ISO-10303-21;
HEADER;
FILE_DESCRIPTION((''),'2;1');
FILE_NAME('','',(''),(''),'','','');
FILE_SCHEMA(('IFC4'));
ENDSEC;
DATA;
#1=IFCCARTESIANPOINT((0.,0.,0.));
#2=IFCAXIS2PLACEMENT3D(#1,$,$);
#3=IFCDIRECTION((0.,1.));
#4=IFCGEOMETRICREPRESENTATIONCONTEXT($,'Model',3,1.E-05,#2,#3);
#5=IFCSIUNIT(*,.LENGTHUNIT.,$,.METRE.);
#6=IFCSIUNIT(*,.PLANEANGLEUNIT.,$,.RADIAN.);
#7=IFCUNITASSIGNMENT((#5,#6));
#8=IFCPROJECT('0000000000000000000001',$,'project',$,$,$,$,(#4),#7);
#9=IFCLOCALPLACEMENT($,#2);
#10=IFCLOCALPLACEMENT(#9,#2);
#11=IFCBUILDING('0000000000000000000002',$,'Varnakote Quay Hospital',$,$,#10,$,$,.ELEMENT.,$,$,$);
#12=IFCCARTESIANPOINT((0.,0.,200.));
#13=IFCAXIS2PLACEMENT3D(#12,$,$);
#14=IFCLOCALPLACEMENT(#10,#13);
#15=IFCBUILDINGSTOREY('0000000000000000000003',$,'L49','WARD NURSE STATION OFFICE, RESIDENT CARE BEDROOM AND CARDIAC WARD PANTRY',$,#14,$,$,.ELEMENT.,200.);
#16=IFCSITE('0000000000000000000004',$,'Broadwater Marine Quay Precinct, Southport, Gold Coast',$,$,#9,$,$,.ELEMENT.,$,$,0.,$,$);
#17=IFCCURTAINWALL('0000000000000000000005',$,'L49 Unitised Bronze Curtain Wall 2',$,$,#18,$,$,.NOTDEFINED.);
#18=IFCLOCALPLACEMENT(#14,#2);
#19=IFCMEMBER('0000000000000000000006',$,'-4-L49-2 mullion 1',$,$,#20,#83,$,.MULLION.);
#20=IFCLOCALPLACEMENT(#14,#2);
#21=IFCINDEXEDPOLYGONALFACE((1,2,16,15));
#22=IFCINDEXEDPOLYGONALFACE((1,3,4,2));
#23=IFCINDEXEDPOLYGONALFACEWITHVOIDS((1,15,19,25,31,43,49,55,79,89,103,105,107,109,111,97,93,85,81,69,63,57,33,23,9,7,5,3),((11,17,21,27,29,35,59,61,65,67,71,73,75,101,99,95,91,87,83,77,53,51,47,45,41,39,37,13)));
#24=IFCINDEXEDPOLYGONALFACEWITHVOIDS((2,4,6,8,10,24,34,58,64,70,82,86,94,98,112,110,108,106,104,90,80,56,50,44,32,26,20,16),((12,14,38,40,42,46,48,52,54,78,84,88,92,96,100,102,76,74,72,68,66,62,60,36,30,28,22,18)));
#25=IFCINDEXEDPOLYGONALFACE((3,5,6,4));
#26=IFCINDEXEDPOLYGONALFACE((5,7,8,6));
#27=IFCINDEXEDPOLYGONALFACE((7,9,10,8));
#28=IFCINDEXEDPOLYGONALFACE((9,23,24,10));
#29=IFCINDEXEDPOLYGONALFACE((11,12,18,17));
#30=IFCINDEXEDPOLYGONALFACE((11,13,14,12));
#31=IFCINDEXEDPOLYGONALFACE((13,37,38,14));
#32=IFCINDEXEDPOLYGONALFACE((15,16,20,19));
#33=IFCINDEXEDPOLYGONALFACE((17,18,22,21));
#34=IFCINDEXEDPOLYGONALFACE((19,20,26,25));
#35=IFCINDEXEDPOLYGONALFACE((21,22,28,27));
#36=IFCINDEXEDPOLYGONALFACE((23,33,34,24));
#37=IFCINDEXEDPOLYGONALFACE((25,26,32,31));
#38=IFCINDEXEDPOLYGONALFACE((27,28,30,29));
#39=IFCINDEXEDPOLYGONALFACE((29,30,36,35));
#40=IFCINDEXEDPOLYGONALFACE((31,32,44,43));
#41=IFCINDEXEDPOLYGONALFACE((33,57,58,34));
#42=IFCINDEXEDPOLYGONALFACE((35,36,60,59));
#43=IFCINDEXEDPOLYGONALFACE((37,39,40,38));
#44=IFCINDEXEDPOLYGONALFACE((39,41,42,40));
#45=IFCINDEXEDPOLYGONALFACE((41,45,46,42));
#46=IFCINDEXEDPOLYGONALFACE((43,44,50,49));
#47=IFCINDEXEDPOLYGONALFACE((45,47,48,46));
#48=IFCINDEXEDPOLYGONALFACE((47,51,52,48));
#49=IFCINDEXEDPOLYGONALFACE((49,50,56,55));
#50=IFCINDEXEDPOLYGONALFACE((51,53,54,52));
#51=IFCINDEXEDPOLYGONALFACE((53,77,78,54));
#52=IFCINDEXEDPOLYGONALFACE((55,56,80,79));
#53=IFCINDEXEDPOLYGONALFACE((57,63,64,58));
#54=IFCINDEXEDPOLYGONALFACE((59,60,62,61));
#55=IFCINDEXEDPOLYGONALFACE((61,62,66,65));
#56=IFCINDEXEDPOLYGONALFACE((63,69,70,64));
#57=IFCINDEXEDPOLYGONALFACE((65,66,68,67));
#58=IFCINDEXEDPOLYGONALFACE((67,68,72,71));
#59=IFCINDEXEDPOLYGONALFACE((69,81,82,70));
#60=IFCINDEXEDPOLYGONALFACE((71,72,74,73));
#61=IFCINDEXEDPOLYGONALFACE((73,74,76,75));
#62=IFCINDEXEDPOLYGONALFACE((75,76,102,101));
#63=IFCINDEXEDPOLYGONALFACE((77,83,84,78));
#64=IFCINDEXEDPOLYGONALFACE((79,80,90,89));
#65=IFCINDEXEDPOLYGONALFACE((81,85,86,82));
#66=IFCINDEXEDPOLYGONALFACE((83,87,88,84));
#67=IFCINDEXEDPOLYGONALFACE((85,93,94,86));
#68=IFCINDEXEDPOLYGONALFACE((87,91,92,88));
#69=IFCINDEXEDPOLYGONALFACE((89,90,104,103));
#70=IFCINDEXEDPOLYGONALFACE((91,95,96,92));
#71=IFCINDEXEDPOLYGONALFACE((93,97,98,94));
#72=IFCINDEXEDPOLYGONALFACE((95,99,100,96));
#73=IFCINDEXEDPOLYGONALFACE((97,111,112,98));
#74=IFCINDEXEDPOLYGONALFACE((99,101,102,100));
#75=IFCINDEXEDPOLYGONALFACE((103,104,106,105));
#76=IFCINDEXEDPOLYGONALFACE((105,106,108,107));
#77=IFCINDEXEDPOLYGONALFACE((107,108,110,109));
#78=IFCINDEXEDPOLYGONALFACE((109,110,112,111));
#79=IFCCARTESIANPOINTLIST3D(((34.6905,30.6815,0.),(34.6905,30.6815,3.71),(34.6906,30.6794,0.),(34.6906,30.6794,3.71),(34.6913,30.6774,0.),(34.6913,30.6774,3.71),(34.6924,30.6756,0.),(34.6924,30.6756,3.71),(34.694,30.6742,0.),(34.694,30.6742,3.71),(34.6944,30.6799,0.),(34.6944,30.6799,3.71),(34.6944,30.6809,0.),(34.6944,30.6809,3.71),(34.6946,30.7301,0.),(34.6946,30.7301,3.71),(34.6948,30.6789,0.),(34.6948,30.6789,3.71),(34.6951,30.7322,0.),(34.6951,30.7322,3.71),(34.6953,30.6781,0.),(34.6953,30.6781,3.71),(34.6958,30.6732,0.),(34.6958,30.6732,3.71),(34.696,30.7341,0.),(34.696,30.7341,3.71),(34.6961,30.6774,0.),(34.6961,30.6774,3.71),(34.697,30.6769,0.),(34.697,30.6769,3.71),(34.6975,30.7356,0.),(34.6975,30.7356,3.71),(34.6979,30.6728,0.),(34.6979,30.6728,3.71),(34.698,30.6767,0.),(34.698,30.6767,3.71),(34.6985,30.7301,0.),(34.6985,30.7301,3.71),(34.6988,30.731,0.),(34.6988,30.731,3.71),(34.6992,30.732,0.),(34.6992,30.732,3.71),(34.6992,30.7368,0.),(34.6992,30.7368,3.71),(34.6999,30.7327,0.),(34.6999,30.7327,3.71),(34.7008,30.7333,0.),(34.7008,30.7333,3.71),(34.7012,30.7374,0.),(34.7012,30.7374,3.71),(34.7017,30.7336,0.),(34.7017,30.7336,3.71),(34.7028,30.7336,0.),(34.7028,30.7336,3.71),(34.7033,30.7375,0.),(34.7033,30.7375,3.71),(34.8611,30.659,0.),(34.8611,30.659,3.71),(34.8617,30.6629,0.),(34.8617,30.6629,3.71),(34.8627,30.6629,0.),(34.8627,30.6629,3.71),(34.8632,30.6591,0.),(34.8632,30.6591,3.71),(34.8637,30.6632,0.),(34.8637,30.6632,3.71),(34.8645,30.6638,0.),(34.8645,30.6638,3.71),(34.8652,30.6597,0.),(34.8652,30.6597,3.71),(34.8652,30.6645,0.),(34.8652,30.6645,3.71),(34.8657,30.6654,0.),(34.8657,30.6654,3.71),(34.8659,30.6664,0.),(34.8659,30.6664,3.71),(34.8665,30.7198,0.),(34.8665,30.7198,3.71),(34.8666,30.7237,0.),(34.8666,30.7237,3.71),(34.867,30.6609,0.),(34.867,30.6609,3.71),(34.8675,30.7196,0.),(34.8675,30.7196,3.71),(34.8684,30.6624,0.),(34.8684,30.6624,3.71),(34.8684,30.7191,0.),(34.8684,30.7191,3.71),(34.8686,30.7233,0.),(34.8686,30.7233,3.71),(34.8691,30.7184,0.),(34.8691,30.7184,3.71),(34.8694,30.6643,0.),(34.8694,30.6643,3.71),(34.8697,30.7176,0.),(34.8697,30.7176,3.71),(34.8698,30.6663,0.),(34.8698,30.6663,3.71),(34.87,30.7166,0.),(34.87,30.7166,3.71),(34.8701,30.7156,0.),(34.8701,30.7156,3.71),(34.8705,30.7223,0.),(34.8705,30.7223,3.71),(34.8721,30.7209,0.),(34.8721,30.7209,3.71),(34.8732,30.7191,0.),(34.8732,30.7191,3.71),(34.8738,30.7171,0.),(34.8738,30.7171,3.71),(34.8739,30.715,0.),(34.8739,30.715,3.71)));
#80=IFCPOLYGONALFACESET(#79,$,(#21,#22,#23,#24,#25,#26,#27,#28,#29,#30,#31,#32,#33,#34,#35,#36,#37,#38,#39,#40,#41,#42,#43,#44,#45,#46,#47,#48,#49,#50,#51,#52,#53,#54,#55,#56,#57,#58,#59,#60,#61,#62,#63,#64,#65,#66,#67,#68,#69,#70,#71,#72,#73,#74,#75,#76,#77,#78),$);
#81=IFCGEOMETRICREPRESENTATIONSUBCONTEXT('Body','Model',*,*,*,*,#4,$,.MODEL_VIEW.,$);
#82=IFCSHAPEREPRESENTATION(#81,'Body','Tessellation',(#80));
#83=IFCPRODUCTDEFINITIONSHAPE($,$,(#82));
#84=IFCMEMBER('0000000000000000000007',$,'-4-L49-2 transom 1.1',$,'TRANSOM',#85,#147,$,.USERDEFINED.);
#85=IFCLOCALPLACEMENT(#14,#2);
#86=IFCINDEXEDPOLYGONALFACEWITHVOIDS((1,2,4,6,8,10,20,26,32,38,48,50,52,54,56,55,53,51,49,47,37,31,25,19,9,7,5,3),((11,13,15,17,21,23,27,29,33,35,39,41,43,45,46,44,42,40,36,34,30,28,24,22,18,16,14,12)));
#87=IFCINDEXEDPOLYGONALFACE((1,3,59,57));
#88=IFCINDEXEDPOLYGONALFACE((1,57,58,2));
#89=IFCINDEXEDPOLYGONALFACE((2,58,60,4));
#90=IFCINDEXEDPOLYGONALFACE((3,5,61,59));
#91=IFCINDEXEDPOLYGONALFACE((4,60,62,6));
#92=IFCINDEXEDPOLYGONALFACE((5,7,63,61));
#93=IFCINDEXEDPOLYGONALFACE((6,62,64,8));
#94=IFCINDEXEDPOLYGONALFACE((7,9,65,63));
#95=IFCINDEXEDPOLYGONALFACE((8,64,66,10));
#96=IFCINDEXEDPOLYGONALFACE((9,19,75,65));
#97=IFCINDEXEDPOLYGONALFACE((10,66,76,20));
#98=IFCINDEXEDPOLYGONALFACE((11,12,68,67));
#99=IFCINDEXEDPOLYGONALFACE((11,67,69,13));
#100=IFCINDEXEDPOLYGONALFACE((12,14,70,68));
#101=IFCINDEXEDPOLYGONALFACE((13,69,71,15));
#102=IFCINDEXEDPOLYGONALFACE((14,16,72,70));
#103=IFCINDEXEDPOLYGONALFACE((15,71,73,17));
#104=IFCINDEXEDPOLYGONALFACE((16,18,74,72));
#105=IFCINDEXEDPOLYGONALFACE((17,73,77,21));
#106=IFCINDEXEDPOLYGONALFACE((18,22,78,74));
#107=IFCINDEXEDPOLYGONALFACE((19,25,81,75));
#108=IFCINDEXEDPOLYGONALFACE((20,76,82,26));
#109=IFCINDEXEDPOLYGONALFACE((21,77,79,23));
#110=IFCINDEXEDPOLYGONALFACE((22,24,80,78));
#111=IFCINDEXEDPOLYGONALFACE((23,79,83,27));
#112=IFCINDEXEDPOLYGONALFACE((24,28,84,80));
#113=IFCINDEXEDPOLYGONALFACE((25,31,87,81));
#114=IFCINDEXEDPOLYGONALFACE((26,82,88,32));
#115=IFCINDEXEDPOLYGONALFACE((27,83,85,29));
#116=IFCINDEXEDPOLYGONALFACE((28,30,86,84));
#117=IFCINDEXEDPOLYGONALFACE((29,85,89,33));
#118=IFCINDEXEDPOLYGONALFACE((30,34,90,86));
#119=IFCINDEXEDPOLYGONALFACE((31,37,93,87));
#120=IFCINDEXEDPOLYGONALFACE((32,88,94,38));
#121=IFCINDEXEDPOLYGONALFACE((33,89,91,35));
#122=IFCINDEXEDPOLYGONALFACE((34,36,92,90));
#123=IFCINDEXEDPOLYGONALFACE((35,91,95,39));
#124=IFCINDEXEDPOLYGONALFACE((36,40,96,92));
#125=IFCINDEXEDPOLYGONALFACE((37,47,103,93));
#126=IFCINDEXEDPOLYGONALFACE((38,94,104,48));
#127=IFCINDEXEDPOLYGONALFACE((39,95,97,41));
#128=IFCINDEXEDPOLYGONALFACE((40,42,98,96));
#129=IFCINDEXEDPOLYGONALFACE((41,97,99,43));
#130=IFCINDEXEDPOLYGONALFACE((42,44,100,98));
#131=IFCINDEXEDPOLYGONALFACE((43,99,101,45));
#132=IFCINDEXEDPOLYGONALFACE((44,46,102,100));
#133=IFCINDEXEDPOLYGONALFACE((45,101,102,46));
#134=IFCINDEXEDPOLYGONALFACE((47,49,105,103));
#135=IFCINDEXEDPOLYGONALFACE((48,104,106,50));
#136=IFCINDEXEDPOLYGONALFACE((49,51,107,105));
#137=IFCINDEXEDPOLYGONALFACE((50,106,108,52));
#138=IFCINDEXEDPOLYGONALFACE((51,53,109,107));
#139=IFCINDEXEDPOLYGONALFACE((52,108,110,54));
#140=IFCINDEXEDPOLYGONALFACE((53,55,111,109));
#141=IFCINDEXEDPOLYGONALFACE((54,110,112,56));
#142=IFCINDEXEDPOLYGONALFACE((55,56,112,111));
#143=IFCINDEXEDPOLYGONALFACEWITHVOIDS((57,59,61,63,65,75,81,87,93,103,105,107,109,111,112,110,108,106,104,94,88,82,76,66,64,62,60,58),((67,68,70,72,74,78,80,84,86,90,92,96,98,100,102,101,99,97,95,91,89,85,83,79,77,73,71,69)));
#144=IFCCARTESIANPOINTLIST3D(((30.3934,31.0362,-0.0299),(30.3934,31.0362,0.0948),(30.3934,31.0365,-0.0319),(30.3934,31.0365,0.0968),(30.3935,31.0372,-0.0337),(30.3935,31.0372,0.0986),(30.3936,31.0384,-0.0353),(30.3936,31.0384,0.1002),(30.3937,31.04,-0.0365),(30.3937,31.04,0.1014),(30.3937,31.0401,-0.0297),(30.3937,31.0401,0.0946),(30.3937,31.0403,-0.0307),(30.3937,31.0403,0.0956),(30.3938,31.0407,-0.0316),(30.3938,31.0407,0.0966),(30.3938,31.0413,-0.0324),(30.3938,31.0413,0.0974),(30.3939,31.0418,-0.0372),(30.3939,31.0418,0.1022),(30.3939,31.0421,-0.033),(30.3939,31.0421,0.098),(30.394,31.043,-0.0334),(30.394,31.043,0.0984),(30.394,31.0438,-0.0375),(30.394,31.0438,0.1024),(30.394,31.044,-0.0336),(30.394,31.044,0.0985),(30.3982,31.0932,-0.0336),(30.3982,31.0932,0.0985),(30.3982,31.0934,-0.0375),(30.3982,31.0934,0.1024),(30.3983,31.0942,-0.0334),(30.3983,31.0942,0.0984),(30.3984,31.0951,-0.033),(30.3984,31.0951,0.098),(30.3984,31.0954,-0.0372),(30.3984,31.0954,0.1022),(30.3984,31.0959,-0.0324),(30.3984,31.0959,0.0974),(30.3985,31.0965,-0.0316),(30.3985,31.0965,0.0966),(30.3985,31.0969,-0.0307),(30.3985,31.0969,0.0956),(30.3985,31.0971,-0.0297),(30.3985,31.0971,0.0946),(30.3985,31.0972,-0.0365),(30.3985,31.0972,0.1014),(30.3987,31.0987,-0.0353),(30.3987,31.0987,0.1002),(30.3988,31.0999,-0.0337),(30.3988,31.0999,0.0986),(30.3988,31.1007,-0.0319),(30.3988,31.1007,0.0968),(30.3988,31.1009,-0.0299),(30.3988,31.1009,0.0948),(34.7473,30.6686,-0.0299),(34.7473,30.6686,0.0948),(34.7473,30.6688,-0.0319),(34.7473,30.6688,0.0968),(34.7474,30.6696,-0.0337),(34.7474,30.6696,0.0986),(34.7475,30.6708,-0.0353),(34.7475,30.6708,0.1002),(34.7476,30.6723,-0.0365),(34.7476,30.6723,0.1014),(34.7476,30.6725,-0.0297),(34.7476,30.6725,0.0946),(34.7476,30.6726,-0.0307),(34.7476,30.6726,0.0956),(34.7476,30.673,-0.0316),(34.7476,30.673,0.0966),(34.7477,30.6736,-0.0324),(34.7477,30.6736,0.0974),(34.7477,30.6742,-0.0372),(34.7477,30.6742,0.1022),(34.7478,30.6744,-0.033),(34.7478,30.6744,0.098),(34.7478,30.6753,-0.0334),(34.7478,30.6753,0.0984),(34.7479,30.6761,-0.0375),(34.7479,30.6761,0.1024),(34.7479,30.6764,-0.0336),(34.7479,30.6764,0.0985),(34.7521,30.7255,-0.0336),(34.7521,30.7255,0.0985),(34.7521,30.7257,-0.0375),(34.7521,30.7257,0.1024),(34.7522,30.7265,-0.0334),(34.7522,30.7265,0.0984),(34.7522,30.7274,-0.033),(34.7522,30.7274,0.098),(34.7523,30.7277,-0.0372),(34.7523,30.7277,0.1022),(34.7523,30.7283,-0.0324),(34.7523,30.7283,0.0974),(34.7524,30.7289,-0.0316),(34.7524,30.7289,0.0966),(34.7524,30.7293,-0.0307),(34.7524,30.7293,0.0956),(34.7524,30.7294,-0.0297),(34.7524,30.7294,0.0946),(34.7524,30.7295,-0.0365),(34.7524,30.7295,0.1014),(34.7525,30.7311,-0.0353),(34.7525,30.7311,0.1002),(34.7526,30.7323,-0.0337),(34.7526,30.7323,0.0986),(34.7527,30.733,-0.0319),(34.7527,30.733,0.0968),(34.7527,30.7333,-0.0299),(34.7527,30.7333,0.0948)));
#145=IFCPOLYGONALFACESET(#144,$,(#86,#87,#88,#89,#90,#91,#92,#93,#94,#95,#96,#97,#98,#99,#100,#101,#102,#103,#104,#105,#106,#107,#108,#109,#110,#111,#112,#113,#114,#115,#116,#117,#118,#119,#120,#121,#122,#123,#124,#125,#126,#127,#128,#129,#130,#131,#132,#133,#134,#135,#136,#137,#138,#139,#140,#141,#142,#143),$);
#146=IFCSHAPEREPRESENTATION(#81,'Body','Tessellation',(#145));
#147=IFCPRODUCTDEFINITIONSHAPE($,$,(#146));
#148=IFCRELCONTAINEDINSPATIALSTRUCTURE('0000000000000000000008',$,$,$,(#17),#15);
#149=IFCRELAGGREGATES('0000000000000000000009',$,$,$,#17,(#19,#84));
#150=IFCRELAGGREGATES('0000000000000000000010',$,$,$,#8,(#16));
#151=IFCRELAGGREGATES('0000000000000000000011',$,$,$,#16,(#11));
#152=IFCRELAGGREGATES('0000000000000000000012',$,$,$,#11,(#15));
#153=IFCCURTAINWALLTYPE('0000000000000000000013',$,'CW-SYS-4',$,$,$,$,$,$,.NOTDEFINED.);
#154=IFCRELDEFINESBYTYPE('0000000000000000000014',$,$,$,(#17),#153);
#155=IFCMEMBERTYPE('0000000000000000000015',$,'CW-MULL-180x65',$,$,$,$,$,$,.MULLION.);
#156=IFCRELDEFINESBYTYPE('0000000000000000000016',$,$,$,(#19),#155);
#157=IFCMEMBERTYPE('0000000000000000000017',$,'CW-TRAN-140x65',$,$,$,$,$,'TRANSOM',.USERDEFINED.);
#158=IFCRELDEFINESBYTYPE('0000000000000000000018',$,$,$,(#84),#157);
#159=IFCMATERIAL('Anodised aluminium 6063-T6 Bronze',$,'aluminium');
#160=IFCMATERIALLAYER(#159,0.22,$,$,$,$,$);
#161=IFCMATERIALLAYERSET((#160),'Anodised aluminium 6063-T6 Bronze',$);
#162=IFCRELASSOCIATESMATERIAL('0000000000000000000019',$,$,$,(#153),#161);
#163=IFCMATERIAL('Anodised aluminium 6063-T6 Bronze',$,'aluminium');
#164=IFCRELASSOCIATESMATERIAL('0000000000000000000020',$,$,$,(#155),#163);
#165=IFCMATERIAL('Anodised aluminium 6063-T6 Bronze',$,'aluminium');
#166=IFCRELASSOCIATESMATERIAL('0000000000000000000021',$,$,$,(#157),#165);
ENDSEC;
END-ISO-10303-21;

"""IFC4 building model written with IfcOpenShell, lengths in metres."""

from ifc_helpers import new_model, si_unit, direction, frame, origin, origin_2d, place, context, subcontext, project, spatial, hollow_rectangle, extrude, material, layer, layer_set, material_profile, profile_set, type_object, element, aggregate, save


model = new_model("IFC4")

# Units and contexts
model_context = context("Model", 3, precision=1e-05, world=origin(), true_north=direction((0.0, 1.0)))
body_context = subcontext(model_context, "Body", "Model", "MODEL_VIEW")
ifc_project = project(units=[si_unit("LENGTHUNIT", "METRE"), si_unit("PLANEANGLEUNIT", "RADIAN")], contexts=[model_context])

# Site, building, storey
site_placement = place(None, origin())
site = spatial("IfcSite", under=ifc_project, at=site_placement, Name="Broadwater Marine Quay Precinct, Southport, Gold Coast", CompositionType="ELEMENT", RefElevation=0.0)
building_placement = place(site_placement, origin())
building = spatial("IfcBuilding", under=site, at=building_placement, Name="Varnakote Quay Hospital", CompositionType="ELEMENT")
storey_placement = place(building_placement, frame((0.0, 0.0, 200.0)))
storey = spatial("IfcBuildingStorey", under=building, at=storey_placement, Name="L49", Description="WARD NURSE STATION OFFICE, RESIDENT CARE BEDROOM AND CARDIAC WARD PANTRY", CompositionType="ELEMENT", Elevation=200.0)

# Shared definitions
ifc_material_1 = material(Name="Anodised aluminium 6063-T6 Bronze", Category="aluminium")
ifc_layer_1 = layer(ifc_material_1, 0.22)
ifc_layer_set_1 = layer_set([ifc_layer_1], Name="Anodised aluminium 6063-T6 Bronze")
curtain_wall_type = type_object("IfcCurtainWallType", Name="CW-SYS-4", PredefinedType="NOTDEFINED", material=ifc_layer_set_1)
ifc_material_2 = material(Name="Anodised aluminium 6063-T6 Bronze", Category="aluminium")
ifc_material_profile_1 = material_profile(ifc_material_2, hollow_rectangle(XDim=0.0649, YDim=0.1799, WallThickness=0.0039, InnerFilletRadius=0.0039, OuterFilletRadius=0.0081, at=origin_2d()), Name="CW-MULL-180x65")
ifc_profile_set_1 = profile_set([ifc_material_profile_1], Name="Anodised aluminium 6063-T6 Bronze")
member_type_1 = type_object("IfcMemberType", Name="CW-MULL-180x65", PredefinedType="MULLION", material=ifc_profile_set_1)

# Curtain wall, members
curtain_wall_1_placement = place(storey_placement, origin())
curtain_wall_1 = element("IfcCurtainWall", 1, at=curtain_wall_1_placement, inside=storey, type_object=curtain_wall_type, Name="L49 Unitised Bronze Curtain Wall 2", PredefinedType="NOTDEFINED")
member_1_placement = place(storey_placement, frame((34.7822, 30.6982, 0.0), z_axis=(0.0, 0.0, 1.0), x_axis=(-0.084136, -0.996454, 0.0)))
member_1 = element("IfcMember", 2, at=member_1_placement, type_object=member_type_1, Name="-4-L49-2 mullion 1", PredefinedType="MULLION", context=body_context, shape_type="SweptSolid", body=[
    extrude(hollow_rectangle(XDim=0.0649, YDim=0.1799, WallThickness=0.0039, InnerFilletRadius=0.0039, OuterFilletRadius=0.0081, at=origin_2d()), origin(), (0.0, 0.0, 1.0), 3.71),
])
ifc_material_3 = material(Name="Anodised aluminium 6063-T6 Bronze", Category="aluminium")
ifc_material_profile_2 = material_profile(ifc_material_3, hollow_rectangle(XDim=0.0649, YDim=0.1399, WallThickness=0.0039, InnerFilletRadius=0.0039, OuterFilletRadius=0.0076, at=origin_2d()), Name="CW-TRAN-140x65")
ifc_profile_set_2 = profile_set([ifc_material_profile_2], Name="Anodised aluminium 6063-T6 Bronze")
member_type_2 = type_object("IfcMemberType", Name="CW-TRAN-140x65", ElementType="TRANSOM", PredefinedType="USERDEFINED", material=ifc_profile_set_2)
member_2_placement = place(storey_placement, frame((34.75, 30.7009, 0.0325), z_axis=(-0.996453, 0.084146, 0.0), x_axis=(-0.084146, -0.996453, 0.0)))
member_2 = element("IfcMember", 3, at=member_2_placement, type_object=member_type_2, Name="-4-L49-2 transom 1.1", ObjectType="TRANSOM", PredefinedType="USERDEFINED", context=body_context, shape_type="SweptSolid", body=[
    extrude(hollow_rectangle(XDim=0.0649, YDim=0.1399, WallThickness=0.0039, InnerFilletRadius=0.0039, OuterFilletRadius=0.0076, at=origin_2d()), origin(), (0.0, 0.0, 1.0), 4.3694),
])

aggregate(curtain_wall_1, [member_1, member_2])

save(model, "model.ifc")
